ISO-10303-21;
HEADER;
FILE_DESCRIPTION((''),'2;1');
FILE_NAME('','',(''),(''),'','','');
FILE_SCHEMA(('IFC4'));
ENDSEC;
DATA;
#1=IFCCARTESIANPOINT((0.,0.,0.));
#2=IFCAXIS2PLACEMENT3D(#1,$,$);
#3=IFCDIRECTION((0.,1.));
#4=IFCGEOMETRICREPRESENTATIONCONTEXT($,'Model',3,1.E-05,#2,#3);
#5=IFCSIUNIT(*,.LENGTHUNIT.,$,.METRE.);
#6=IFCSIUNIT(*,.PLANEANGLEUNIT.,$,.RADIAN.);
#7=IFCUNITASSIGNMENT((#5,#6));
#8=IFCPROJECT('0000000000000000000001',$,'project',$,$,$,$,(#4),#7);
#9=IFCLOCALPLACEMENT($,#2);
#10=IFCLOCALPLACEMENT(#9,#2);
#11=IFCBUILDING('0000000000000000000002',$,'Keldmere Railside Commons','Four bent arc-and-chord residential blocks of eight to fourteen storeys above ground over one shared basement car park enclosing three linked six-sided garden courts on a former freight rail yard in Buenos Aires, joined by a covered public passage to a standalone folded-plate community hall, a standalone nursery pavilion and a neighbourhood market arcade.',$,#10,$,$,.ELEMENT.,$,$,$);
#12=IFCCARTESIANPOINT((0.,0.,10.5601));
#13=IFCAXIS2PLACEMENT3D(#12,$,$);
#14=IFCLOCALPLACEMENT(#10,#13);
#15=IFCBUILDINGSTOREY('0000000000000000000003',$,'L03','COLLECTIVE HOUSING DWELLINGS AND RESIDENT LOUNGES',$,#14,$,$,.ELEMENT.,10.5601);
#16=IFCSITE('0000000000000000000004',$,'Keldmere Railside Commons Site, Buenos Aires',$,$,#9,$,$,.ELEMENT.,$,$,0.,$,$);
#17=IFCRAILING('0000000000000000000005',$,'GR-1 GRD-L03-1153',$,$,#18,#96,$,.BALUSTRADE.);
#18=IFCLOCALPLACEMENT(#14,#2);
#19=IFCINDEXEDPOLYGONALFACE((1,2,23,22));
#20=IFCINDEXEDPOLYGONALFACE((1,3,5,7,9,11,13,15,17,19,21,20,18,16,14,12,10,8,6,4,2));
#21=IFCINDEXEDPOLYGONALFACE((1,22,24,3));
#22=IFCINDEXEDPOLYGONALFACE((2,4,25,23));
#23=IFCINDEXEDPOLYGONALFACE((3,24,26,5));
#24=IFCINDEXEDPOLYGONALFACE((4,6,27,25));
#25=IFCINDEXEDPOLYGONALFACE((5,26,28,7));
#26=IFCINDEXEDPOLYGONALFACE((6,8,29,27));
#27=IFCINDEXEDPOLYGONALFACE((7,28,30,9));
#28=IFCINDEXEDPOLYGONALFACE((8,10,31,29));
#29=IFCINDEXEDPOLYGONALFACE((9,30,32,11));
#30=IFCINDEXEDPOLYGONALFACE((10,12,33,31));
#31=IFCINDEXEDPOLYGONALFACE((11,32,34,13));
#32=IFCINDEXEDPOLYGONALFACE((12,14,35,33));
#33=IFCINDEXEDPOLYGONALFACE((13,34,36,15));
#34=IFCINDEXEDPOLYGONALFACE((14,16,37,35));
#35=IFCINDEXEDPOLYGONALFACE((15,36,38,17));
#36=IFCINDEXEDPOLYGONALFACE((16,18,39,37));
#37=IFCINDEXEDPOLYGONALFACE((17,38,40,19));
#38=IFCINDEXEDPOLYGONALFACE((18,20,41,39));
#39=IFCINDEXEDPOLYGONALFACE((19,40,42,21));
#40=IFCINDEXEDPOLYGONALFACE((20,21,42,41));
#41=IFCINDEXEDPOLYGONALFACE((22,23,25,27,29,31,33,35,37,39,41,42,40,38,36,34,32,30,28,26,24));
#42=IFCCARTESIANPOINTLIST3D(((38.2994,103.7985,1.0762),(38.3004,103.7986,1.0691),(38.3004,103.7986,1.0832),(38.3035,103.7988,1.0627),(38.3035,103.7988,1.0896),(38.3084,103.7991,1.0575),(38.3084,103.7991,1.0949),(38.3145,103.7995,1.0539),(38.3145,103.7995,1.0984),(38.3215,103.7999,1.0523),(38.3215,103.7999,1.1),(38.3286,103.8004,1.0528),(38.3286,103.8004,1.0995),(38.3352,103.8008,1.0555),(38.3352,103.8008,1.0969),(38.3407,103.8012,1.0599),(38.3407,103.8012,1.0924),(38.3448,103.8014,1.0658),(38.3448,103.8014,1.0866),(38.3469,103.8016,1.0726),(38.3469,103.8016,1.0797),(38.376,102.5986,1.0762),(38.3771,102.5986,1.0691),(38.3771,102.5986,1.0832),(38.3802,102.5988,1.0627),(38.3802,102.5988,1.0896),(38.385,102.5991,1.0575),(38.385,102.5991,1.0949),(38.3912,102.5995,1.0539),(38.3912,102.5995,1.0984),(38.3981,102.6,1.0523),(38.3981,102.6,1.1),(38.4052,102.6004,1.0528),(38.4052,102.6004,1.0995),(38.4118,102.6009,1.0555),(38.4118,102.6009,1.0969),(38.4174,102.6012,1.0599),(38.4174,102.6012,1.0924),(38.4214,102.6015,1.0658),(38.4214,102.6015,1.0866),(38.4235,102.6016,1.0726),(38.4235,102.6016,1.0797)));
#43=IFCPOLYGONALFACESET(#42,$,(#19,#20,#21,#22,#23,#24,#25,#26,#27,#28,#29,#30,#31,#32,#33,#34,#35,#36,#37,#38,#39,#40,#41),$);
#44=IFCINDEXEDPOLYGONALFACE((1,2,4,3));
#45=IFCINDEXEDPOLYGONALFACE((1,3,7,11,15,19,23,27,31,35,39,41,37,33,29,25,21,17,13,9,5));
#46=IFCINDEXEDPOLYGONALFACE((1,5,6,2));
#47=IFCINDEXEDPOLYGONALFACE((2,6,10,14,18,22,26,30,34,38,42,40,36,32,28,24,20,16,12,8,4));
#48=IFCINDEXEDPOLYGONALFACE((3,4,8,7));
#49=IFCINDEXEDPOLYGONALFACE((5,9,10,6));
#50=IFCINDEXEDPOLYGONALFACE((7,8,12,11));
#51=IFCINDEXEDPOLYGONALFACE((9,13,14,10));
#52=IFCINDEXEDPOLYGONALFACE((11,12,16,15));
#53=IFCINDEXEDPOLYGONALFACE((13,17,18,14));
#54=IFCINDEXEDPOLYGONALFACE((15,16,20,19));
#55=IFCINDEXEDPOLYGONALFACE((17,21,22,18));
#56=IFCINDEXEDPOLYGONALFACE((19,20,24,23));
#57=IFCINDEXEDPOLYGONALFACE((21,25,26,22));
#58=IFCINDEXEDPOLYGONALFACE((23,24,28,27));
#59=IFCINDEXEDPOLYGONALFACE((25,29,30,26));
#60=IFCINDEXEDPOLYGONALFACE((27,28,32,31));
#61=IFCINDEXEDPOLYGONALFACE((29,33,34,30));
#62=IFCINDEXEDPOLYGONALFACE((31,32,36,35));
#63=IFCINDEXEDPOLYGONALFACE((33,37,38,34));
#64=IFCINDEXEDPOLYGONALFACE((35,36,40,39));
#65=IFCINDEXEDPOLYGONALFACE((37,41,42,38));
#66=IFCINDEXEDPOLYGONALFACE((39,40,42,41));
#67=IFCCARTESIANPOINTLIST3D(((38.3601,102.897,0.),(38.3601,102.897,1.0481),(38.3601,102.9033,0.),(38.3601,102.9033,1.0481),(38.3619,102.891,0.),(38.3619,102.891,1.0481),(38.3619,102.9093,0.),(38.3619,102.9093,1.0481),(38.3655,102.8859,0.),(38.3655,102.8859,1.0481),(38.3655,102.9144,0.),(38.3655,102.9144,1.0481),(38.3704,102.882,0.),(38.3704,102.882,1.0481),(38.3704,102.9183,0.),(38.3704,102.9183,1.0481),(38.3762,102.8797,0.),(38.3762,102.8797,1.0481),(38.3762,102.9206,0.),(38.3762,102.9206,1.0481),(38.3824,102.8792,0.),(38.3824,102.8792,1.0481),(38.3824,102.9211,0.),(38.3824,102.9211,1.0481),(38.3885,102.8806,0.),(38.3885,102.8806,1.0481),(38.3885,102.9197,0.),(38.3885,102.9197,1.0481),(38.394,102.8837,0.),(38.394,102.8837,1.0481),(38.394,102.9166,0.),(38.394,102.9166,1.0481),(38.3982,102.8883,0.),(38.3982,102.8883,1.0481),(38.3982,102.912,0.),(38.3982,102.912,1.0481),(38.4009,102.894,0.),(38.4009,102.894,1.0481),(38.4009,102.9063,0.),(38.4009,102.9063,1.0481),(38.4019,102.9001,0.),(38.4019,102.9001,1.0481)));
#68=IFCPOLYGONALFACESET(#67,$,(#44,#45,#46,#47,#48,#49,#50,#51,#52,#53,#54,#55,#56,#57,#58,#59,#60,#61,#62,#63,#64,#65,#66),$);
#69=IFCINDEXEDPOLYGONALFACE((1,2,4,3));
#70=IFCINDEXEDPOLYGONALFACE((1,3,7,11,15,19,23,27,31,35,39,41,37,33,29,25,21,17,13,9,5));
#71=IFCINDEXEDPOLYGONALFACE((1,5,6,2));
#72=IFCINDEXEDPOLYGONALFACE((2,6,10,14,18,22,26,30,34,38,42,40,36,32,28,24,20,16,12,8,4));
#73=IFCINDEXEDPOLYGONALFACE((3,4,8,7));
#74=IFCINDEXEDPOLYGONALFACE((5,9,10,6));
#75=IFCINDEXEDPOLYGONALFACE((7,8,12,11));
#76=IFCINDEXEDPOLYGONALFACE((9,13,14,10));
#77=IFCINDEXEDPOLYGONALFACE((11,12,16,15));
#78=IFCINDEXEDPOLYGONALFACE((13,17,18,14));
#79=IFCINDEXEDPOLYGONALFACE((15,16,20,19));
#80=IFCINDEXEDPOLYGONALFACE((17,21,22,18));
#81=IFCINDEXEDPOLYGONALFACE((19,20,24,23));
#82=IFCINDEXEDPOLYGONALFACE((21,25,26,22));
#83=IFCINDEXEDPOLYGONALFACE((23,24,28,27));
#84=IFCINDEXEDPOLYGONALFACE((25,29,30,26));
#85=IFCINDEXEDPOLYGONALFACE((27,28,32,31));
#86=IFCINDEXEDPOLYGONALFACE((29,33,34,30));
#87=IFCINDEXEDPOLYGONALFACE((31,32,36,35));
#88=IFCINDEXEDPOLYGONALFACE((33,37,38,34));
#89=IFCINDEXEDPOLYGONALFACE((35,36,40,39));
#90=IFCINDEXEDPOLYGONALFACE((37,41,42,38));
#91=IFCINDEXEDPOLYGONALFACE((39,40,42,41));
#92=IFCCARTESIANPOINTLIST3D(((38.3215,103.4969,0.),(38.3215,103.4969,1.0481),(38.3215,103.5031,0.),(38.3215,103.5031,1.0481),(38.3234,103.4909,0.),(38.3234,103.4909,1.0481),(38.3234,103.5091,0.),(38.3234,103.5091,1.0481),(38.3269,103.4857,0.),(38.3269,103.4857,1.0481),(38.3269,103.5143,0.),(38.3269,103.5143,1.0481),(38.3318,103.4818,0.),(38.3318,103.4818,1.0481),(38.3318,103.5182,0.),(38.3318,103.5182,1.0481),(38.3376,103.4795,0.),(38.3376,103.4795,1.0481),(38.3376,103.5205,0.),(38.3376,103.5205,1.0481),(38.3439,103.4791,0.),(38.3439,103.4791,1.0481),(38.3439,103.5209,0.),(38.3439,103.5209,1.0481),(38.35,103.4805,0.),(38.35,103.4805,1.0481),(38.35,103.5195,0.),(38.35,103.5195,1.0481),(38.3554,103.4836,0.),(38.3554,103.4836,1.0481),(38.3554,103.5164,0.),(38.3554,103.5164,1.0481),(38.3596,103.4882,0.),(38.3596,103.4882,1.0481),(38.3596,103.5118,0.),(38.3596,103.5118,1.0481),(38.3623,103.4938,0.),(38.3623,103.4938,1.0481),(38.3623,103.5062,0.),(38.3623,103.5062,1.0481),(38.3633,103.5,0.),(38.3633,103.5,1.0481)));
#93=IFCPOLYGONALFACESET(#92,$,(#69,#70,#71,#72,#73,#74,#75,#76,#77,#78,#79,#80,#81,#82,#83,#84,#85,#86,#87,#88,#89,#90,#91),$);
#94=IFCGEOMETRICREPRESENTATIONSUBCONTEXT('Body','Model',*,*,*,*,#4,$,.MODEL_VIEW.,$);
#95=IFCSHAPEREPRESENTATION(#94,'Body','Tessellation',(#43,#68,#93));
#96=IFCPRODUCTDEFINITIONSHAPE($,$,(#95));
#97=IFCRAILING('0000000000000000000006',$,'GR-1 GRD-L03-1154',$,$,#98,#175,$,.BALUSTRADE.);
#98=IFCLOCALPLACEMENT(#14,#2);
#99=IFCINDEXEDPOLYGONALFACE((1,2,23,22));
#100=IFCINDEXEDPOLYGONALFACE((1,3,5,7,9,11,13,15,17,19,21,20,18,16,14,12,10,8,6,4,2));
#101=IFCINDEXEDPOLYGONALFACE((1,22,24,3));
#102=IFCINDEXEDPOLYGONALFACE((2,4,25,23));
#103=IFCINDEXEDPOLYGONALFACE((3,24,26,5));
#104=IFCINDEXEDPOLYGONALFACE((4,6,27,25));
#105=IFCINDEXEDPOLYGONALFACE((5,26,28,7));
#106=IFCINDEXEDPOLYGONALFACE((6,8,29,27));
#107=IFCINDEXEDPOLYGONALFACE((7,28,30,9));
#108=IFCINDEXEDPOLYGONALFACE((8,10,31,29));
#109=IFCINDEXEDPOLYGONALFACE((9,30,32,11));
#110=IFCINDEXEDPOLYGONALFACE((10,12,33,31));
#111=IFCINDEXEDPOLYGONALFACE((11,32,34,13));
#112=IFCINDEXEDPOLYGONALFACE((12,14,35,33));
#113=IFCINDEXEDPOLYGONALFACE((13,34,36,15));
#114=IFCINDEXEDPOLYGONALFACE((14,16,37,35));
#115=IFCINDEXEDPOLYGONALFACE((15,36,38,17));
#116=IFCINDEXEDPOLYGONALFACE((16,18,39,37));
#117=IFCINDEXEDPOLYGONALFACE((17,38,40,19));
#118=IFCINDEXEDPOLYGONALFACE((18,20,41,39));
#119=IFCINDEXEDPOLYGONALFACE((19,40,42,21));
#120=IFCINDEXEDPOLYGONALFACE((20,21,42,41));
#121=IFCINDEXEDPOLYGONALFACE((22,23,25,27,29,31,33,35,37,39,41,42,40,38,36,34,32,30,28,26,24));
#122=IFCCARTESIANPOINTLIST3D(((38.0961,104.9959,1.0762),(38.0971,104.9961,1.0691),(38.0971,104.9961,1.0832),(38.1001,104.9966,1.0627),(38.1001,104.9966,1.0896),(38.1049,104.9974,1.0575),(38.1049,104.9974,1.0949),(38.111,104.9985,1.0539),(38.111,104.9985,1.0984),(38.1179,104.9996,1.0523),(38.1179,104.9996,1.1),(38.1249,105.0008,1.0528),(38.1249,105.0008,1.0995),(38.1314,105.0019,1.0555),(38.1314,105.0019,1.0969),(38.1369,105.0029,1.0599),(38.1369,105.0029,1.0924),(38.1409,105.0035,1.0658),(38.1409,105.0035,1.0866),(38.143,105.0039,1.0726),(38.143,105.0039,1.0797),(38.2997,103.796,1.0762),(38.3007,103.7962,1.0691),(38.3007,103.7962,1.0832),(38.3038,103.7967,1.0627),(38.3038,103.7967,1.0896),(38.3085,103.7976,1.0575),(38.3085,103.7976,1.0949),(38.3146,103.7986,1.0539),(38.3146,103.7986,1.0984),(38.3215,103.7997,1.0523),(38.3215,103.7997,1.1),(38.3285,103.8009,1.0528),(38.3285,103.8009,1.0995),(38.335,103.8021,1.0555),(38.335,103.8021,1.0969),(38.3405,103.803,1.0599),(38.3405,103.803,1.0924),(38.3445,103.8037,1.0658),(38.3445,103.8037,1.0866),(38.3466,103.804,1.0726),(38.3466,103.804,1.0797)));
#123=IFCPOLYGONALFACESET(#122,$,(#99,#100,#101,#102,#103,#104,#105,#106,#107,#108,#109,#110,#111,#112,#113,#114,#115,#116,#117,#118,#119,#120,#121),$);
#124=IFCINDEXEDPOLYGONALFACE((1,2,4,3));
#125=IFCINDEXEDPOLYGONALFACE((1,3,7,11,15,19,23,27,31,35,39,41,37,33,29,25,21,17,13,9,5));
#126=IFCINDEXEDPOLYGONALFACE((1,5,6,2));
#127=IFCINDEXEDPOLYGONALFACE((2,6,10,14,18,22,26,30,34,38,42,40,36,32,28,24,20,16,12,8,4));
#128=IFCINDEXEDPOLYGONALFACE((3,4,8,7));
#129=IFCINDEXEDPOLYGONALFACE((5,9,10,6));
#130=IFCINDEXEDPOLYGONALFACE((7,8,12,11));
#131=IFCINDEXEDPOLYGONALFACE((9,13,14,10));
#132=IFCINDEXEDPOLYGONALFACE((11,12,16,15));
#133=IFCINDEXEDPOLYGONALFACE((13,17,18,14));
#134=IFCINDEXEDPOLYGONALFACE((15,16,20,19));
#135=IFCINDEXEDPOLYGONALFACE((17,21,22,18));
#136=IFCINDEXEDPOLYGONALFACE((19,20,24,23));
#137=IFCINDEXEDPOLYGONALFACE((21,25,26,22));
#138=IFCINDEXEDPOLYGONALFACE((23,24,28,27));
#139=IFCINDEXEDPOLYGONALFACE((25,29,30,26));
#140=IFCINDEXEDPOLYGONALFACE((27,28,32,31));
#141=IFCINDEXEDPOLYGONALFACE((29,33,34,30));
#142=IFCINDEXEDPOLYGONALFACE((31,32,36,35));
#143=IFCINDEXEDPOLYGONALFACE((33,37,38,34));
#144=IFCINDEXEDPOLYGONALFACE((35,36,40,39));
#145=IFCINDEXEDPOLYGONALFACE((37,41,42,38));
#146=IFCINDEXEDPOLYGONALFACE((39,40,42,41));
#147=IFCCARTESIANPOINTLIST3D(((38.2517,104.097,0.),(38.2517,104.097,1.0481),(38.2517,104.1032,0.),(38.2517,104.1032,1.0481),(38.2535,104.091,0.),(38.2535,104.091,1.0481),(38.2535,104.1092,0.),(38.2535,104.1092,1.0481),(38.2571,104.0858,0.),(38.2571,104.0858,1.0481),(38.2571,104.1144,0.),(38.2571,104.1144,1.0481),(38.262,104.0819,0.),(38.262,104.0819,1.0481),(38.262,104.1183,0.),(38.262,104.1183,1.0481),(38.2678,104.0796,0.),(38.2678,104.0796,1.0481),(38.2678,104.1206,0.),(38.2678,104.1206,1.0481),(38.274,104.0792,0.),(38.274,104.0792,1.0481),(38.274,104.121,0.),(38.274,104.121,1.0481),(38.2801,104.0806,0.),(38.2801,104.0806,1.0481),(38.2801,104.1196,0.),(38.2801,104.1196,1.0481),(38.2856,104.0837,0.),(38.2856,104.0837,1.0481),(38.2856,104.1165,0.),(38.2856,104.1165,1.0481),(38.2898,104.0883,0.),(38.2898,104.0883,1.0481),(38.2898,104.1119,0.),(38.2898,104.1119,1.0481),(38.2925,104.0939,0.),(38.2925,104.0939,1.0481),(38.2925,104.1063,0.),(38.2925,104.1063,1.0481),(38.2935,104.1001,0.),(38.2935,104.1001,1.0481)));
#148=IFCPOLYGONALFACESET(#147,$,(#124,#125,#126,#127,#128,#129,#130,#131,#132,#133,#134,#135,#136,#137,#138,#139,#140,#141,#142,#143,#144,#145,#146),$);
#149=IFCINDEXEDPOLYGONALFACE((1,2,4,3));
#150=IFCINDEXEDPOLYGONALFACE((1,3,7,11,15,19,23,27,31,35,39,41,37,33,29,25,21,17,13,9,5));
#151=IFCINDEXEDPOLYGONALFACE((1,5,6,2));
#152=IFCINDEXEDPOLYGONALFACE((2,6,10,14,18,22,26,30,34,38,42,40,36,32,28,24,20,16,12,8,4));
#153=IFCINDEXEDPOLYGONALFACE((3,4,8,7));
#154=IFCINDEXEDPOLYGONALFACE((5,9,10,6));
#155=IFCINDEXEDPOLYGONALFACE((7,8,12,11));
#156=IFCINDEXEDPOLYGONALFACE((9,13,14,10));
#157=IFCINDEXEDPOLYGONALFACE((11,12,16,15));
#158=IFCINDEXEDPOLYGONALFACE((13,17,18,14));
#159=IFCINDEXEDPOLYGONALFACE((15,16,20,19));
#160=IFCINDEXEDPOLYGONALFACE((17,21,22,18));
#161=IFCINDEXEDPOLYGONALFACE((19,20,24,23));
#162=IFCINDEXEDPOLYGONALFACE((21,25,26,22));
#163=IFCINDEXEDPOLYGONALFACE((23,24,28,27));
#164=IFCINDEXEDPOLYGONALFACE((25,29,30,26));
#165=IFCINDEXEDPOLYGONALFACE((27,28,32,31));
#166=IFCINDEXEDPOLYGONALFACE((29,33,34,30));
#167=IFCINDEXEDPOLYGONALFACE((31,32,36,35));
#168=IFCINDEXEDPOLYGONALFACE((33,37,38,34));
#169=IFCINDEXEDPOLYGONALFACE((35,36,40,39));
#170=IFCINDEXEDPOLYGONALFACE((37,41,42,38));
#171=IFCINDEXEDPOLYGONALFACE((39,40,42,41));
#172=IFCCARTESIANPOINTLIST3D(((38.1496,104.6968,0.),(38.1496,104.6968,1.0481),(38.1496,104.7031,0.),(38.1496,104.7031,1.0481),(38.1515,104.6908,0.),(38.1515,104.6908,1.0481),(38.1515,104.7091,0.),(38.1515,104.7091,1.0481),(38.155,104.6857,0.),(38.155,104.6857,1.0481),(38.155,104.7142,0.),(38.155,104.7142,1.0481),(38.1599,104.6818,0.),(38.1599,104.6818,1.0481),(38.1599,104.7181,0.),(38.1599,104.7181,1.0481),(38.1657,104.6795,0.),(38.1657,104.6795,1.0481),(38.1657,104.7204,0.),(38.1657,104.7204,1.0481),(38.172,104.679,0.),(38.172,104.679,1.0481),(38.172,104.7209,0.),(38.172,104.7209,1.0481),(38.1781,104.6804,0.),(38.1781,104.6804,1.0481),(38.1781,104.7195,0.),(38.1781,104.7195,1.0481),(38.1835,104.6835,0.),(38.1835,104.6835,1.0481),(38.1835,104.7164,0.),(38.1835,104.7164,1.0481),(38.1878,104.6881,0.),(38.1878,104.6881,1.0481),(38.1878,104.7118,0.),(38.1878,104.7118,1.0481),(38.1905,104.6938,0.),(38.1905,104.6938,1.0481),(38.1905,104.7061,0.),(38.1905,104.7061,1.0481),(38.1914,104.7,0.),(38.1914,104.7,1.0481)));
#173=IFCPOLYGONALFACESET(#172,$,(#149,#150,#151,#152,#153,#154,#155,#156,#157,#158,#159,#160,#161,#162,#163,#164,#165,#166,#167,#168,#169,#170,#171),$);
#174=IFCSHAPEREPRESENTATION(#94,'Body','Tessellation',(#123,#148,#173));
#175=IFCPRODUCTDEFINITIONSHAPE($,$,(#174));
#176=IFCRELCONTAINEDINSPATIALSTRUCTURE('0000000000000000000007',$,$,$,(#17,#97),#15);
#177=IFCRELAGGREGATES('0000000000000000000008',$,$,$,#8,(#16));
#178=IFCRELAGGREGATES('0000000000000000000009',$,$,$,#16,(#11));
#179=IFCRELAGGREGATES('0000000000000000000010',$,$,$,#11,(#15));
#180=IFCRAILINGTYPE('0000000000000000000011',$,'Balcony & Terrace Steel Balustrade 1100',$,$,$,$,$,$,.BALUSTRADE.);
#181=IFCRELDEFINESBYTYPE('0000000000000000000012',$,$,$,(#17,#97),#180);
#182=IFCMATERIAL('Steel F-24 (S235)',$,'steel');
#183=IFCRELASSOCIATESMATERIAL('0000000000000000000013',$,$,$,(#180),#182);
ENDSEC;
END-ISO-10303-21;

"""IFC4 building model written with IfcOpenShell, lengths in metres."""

from ifc_helpers import new_model, si_unit, direction, frame, origin, origin_2d, place, context, subcontext, project, spatial, circle, extrude, material, type_object, element, save


model = new_model("IFC4")

# Units and contexts
model_context = context("Model", 3, precision=1e-05, world=origin(), true_north=direction((0.0, 1.0)))
body_context = subcontext(model_context, "Body", "Model", "MODEL_VIEW")
ifc_project = project(units=[si_unit("LENGTHUNIT", "METRE"), si_unit("PLANEANGLEUNIT", "RADIAN")], contexts=[model_context])

# Site, building, storey
site_placement = place(None, origin())
site = spatial("IfcSite", under=ifc_project, at=site_placement, Name="Keldmere Railside Commons Site, Buenos Aires", CompositionType="ELEMENT", RefElevation=0.0)
building_placement = place(site_placement, origin())
building = spatial("IfcBuilding", under=site, at=building_placement, Name="Keldmere Railside Commons", Description="Four bent arc-and-chord residential blocks of eight to fourteen storeys above ground over one shared basement car park enclosing three linked six-sided garden courts on a former freight rail yard in Buenos Aires, joined by a covered public passage to a standalone folded-plate community hall, a standalone nursery pavilion and a neighbourhood market arcade.", CompositionType="ELEMENT")
storey_placement = place(building_placement, frame((0.0, 0.0, 10.5601)))
storey = spatial("IfcBuildingStorey", under=building, at=storey_placement, Name="L03", Description="COLLECTIVE HOUSING DWELLINGS AND RESIDENT LOUNGES", CompositionType="ELEMENT", Elevation=10.5601)

# Shared definitions
ifc_material_1 = material(Name="Steel F-24 (S235)", Category="steel")

# Railings
railing_type_1 = type_object("IfcRailingType", Name="Balcony & Terrace Steel Balustrade 1100", PredefinedType="BALUSTRADE", material=ifc_material_1)
railing_1_placement = place(storey_placement, frame((38.3999, 102.6001, 0.0)))
element("IfcRailing", 1, at=railing_1_placement, inside=storey, type_object=railing_type_1, Name="GR-1 GRD-L03-1153", PredefinedType="BALUSTRADE", context=body_context, shape_type="SweptSolid", body=[
    extrude(circle(Radius=0.0239, at=origin_2d()), frame((0.0, 0.0, 1.0762), z_axis=(-0.063756, 0.997966, 0.0), x_axis=(-0.997966, -0.063756, 0.0)), (0.0, 0.0, 1.0), 1.2024),
    extrude(circle(Radius=0.021, at=origin_2d()), frame((-0.019, 0.3, 0.0)), (0.0, 0.0, 1.0), 1.0481),
    extrude(circle(Radius=0.021, at=origin_2d()), frame((-0.0576, 0.8999, 0.0)), (0.0, 0.0, 1.0), 1.0481),
])
railing_2_placement = place(storey_placement, frame((38.3232, 103.8, 0.0)))
element("IfcRailing", 2, at=railing_2_placement, inside=storey, type_object=railing_type_1, Name="GR-1 GRD-L03-1154", PredefinedType="BALUSTRADE", context=body_context, shape_type="SweptSolid", body=[
    extrude(circle(Radius=0.0239, at=origin_2d()), frame((0.0, 0.0, 1.0762), z_axis=(-0.167293, 0.985907, 0.0), x_axis=(-0.985907, -0.167293, 0.0)), (0.0, 0.0, 1.0), 1.217),
    extrude(circle(Radius=0.021, at=origin_2d()), frame((-0.0508, 0.3, 0.0)), (0.0, 0.0, 1.0), 1.0481),
    extrude(circle(Radius=0.021, at=origin_2d()), frame((-0.1528, 0.8999, 0.0)), (0.0, 0.0, 1.0), 1.0481),
])

save(model, "model.ifc")
